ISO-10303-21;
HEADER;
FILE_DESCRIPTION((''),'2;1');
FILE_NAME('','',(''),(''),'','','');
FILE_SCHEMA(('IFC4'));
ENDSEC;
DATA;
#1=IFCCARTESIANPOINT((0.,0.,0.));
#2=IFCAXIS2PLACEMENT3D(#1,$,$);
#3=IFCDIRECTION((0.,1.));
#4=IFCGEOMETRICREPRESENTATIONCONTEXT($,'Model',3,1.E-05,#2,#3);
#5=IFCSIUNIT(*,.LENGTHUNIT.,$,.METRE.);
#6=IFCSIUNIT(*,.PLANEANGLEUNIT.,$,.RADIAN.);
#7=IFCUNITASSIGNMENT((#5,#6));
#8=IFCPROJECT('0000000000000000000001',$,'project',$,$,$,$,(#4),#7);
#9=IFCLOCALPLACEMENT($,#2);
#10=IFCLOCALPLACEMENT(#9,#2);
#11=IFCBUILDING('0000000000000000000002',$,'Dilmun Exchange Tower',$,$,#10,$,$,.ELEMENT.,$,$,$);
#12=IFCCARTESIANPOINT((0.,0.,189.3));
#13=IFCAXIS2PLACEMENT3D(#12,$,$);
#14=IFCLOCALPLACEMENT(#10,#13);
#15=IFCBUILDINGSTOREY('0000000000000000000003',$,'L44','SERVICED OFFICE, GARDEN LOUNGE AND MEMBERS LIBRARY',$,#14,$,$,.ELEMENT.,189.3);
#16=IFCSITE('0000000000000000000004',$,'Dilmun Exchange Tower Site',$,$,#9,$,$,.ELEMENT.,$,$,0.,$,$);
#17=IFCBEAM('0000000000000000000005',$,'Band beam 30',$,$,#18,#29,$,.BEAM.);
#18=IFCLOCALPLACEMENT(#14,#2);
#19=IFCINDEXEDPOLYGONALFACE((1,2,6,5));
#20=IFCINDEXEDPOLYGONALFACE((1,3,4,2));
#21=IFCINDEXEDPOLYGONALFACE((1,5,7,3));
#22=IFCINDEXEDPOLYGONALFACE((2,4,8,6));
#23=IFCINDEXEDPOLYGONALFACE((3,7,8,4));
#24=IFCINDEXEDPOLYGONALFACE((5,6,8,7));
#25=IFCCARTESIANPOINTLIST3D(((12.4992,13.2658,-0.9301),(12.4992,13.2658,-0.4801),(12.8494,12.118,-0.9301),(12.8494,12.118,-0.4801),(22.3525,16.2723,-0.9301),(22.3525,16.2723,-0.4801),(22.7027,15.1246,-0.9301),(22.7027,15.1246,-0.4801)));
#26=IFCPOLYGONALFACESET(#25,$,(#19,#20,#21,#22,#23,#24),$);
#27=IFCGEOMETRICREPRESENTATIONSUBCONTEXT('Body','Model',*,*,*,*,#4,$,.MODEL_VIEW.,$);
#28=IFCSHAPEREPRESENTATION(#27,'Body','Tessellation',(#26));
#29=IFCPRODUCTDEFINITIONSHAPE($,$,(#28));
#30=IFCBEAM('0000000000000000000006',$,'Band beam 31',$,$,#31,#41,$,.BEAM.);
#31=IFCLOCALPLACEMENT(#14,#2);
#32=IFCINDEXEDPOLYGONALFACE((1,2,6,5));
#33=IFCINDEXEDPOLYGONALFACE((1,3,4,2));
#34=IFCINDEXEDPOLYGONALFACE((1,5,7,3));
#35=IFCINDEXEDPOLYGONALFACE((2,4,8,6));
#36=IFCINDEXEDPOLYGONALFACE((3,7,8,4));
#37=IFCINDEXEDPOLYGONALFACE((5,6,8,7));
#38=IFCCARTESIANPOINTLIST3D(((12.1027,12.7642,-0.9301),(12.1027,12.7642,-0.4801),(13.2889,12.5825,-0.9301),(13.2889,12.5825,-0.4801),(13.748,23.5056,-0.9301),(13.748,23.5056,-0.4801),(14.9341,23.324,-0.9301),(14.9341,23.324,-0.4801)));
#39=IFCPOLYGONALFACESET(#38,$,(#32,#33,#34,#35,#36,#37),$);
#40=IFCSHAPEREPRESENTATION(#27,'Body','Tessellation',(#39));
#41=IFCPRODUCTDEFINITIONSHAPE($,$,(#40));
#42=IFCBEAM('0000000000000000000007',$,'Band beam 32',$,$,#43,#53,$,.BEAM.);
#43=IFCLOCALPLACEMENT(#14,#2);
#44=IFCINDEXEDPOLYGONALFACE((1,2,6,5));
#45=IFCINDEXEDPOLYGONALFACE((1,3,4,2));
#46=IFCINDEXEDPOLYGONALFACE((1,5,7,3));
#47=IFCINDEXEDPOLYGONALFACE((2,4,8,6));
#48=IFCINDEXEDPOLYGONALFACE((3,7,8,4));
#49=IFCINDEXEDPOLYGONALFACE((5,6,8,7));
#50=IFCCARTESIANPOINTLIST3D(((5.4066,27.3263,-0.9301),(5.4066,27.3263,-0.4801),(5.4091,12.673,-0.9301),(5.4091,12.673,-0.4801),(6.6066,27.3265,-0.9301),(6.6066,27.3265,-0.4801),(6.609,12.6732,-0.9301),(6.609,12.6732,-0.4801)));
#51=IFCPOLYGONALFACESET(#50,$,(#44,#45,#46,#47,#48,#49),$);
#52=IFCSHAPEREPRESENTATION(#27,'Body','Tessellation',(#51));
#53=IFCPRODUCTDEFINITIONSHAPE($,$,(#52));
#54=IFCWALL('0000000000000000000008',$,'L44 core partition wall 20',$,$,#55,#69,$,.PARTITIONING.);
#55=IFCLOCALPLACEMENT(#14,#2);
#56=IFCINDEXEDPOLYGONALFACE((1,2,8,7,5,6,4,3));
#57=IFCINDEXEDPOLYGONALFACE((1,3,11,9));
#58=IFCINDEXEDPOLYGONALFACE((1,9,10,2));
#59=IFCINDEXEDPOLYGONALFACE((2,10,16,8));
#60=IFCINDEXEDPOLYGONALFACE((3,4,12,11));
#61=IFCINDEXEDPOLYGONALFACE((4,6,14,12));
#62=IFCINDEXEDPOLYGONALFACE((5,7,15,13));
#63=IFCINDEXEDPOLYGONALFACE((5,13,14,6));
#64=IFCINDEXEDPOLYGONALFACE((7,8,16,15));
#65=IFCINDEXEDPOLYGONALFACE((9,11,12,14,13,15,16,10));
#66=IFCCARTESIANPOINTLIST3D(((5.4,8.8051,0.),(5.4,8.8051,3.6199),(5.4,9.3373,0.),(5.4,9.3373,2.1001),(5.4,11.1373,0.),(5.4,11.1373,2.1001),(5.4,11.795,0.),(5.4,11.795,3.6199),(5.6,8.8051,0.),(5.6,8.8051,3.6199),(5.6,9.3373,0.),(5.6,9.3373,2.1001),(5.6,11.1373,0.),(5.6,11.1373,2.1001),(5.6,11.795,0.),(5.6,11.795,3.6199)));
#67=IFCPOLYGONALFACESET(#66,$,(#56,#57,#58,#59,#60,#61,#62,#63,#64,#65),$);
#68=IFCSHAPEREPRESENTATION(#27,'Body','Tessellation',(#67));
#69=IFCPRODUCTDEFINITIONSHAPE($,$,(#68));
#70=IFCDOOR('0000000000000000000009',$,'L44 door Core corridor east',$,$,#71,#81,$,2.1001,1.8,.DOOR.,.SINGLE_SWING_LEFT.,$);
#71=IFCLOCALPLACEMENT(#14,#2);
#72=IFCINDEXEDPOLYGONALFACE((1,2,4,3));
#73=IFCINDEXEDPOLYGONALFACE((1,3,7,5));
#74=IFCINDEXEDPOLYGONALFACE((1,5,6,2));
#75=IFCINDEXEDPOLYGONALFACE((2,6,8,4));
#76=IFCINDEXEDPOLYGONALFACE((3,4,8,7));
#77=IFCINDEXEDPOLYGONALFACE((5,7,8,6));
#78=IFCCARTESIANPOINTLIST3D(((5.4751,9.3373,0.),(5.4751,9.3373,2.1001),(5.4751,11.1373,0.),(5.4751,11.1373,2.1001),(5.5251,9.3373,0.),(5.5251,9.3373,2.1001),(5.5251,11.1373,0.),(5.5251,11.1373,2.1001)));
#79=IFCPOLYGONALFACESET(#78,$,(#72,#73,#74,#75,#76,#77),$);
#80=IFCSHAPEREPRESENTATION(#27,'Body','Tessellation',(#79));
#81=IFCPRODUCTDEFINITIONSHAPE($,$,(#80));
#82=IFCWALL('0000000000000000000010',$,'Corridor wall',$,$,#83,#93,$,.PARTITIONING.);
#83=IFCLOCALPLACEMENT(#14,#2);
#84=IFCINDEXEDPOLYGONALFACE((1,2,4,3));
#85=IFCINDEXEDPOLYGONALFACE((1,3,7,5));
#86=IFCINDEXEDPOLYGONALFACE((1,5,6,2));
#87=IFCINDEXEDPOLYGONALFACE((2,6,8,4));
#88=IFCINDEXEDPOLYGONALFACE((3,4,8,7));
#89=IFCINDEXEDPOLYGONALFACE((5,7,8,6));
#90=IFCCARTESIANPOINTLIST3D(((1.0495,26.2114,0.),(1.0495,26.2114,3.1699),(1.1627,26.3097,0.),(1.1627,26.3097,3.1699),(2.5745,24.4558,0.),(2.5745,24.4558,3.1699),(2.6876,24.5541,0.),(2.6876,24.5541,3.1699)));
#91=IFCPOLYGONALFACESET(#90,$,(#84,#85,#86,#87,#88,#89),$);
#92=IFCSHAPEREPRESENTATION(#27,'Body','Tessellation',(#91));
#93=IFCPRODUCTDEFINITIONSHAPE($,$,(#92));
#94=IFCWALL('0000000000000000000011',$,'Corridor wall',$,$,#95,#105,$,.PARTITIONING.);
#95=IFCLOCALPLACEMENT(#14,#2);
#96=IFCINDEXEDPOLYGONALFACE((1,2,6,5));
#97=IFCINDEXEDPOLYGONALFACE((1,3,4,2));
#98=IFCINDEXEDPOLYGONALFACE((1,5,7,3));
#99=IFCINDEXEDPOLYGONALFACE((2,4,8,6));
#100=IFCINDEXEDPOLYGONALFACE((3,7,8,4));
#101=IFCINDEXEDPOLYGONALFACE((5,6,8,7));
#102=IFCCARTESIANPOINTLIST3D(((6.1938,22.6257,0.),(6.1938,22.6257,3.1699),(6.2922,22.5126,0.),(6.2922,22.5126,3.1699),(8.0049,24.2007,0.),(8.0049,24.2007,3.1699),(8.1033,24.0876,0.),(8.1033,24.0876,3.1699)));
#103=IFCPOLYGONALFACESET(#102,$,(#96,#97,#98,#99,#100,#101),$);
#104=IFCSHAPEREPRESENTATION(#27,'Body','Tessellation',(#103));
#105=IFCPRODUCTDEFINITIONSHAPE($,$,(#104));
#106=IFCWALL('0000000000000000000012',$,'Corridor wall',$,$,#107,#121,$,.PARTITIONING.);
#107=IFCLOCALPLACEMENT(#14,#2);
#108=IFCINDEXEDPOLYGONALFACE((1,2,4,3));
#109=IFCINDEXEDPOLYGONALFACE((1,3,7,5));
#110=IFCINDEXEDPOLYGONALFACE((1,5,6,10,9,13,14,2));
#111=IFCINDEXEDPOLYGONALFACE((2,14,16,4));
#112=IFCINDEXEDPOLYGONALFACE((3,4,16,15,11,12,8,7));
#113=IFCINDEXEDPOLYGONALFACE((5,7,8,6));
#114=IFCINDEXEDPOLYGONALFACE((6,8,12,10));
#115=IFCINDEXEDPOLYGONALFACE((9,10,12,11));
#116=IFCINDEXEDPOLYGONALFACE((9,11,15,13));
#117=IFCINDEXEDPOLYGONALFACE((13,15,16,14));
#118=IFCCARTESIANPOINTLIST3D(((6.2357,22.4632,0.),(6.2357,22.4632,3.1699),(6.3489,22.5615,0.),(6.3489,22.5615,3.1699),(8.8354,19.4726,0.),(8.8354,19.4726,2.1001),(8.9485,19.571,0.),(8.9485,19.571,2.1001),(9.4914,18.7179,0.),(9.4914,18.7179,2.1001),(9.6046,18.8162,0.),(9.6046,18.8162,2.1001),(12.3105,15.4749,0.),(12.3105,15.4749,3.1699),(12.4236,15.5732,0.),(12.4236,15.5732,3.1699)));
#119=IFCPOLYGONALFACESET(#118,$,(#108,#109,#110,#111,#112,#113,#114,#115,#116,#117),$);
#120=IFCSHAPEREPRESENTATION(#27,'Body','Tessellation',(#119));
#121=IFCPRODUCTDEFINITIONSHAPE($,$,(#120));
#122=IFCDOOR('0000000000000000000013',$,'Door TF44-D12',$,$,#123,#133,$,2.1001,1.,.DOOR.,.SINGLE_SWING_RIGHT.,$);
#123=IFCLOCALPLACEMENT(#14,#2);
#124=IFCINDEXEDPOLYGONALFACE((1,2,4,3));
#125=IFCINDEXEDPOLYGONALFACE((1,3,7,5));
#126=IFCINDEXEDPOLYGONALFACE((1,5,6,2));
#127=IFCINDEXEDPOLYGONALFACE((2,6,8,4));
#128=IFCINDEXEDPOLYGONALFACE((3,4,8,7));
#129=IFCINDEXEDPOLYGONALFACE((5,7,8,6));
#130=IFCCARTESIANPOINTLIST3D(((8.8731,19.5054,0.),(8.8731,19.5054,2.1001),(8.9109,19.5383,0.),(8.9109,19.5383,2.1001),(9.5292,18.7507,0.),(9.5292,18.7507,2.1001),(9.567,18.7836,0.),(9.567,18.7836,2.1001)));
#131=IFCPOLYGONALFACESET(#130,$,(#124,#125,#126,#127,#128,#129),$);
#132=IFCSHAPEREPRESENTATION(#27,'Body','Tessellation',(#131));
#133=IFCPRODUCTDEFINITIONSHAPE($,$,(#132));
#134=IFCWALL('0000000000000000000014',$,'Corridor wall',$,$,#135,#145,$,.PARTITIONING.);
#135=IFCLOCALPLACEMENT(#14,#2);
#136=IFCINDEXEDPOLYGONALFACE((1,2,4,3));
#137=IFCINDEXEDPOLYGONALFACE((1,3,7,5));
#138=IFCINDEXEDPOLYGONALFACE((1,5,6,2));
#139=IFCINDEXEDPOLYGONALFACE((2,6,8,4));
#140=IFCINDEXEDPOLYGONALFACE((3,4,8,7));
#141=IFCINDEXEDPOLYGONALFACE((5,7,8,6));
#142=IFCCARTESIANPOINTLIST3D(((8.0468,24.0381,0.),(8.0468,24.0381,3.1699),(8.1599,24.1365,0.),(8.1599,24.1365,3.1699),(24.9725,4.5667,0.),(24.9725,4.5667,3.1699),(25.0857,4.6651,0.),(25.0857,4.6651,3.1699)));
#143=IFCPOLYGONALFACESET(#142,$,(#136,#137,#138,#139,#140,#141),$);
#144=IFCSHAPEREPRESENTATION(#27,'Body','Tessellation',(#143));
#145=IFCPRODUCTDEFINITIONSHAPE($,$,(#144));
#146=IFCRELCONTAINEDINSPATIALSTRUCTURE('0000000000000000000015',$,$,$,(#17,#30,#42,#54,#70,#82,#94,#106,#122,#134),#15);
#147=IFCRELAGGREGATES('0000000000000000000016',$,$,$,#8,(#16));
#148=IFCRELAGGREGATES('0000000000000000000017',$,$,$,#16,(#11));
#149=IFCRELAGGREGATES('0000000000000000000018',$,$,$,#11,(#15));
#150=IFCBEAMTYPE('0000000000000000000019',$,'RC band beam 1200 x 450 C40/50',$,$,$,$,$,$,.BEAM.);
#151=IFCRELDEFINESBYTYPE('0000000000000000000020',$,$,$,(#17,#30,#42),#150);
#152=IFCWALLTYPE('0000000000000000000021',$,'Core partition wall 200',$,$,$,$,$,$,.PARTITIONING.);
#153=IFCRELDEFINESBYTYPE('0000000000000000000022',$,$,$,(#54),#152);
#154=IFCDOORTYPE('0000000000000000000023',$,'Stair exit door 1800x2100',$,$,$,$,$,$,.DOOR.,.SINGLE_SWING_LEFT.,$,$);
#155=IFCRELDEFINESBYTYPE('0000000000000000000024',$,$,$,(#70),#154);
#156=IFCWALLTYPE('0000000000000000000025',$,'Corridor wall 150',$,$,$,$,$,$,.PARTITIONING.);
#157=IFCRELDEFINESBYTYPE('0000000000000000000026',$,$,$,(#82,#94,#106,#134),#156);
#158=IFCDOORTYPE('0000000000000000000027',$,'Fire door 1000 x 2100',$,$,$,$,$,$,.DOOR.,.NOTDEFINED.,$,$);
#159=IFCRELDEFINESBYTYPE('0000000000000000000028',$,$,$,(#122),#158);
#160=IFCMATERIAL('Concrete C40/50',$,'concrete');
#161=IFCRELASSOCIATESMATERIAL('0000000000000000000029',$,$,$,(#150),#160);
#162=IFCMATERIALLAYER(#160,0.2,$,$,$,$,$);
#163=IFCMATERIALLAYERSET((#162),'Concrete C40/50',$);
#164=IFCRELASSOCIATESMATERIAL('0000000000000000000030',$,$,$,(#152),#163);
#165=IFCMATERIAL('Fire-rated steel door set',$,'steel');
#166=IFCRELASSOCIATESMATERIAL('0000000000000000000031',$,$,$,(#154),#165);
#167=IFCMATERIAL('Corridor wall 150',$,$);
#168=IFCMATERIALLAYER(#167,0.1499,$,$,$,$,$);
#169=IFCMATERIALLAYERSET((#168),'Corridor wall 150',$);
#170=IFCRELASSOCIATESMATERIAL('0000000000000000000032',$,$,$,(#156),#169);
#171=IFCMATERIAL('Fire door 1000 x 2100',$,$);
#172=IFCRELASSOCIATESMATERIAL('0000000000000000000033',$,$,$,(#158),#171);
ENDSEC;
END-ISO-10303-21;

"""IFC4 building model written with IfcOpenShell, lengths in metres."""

from ifc_helpers import new_model, si_unit, direction, frame, frame_2d, origin, origin_2d, place, context, subcontext, project, spatial, rectangle, extrude, material, layer, layer_set, material_profile, profile_set, type_object, element, fill, save


model = new_model("IFC4")

# Units and contexts
model_context = context("Model", 3, precision=1e-05, world=origin(), true_north=direction((0.0, 1.0)))
body_context = subcontext(model_context, "Body", "Model", "MODEL_VIEW")
ifc_project = project(units=[si_unit("LENGTHUNIT", "METRE"), si_unit("PLANEANGLEUNIT", "RADIAN")], contexts=[model_context])

# Site, building, storey
site_placement = place(None, origin())
site = spatial("IfcSite", under=ifc_project, at=site_placement, Name="Dilmun Exchange Tower Site", CompositionType="ELEMENT", RefElevation=0.0)
building_placement = place(site_placement, origin())
building = spatial("IfcBuilding", under=site, at=building_placement, Name="Dilmun Exchange Tower", CompositionType="ELEMENT")
storey_placement = place(building_placement, frame((0.0, 0.0, 189.3)))
storey = spatial("IfcBuildingStorey", under=building, at=storey_placement, Name="L44", Description="SERVICED OFFICE, GARDEN LOUNGE AND MEMBERS LIBRARY", CompositionType="ELEMENT", Elevation=189.3)

# Beams
ifc_material_1 = material(Name="Concrete C40/50", Category="concrete")
ifc_material_profile_1 = material_profile(ifc_material_1, rectangle(XDim=1.2, YDim=0.45, at=origin_2d()), Name="1200 x 450")
ifc_profile_set_1 = profile_set([ifc_material_profile_1], Name="Concrete C40/50")
beam_type = type_object("IfcBeamType", Name="RC band beam 1200 x 450 C40/50", PredefinedType="BEAM", material=ifc_profile_set_1)
beam_1_placement = place(storey_placement, frame((22.5276, 15.6985, -0.7051), z_axis=(-0.956464, -0.291852, 0.0), x_axis=(0.291852, -0.956464, 0.0)))
element("IfcBeam", 1, at=beam_1_placement, inside=storey, type_object=beam_type, Name="Band beam 30", PredefinedType="BEAM", context=body_context, shape_type="SweptSolid", body=[
    extrude(rectangle(XDim=1.2, YDim=0.45, at=origin_2d()), origin(), (0.0, 0.0, 1.0), 10.3018),
])
beam_2_placement = place(storey_placement, frame((14.3411, 23.4148, -0.7051), z_axis=(-0.151404, -0.988472, 0.0), x_axis=(0.988472, -0.151404, 0.0)))
element("IfcBeam", 2, at=beam_2_placement, inside=storey, type_object=beam_type, Name="Band beam 31", PredefinedType="BEAM", context=body_context, shape_type="SweptSolid", body=[
    extrude(rectangle(XDim=1.2, YDim=0.45, at=origin_2d()), origin(), (0.0, 0.0, 1.0), 10.8667),
])
beam_3_placement = place(storey_placement, frame((6.0066, 27.3264, -0.7051), z_axis=(0.000167, -1.0, 0.0), x_axis=(1.0, 0.000167, 0.0)))
element("IfcBeam", 3, at=beam_3_placement, inside=storey, type_object=beam_type, Name="Band beam 32", PredefinedType="BEAM", context=body_context, shape_type="SweptSolid", body=[
    extrude(rectangle(XDim=1.2, YDim=0.45, at=origin_2d()), origin(), (0.0, 0.0, 1.0), 14.6533),
])

# Wall, opening, door
ifc_layer_1 = layer(ifc_material_1, 0.2)
ifc_layer_set_1 = layer_set([ifc_layer_1], Name="Concrete C40/50")
wall_type_1 = type_object("IfcWallType", Name="Core partition wall 200", PredefinedType="PARTITIONING", material=ifc_layer_set_1)
wall_1_placement = place(storey_placement, frame((5.5, 8.8049, 0.0), z_axis=(0.0, 0.0, 1.0), x_axis=(0.0, 1.0, 0.0)))
wall_1 = element("IfcWall", 4, at=wall_1_placement, inside=storey, type_object=wall_type_1, Name="L44 core partition wall 20", PredefinedType="PARTITIONING", context=body_context, shape_type="SweptSolid", body=[
    extrude(rectangle(XDim=2.99, YDim=0.2, at=frame_2d((1.4951, 0.0))), origin(), (0.0, 0.0, 1.0), 3.6199),
])
opening_1_placement = place(wall_1_placement, frame((0.5325, 0.0, 0.0)))
opening_1 = element("IfcOpeningElement", 5, at=opening_1_placement, cuts=wall_1, PredefinedType="OPENING", context=body_context, shape_type="SweptSolid", body=[
    extrude(rectangle(XDim=1.8, YDim=2.1001, at=frame_2d((0.8999, 1.05))), frame((0.0, 0.1099, 0.0), z_axis=(0.0, -1.0, 0.0), x_axis=(1.0, 0.0, 0.0)), (0.0, 0.0, 1.0), 0.22),
])
ifc_material_2 = material(Name="Fire-rated steel door set", Category="steel")
door_type_1 = type_object("IfcDoorType", Name="Stair exit door 1800x2100", OperationType="SINGLE_SWING_LEFT", PredefinedType="DOOR", material=ifc_material_2)
door_1_placement = place(opening_1_placement, origin())
door_1 = element("IfcDoor", 6, at=door_1_placement, inside=storey, type_object=door_type_1, Name="L44 door Core corridor east", OperationType="SINGLE_SWING_LEFT", OverallHeight=2.1001, OverallWidth=1.8, PredefinedType="DOOR", context=body_context, shape_type="SweptSolid", body=[
    extrude(rectangle(XDim=1.8, YDim=2.1001, at=frame_2d((0.8999, 1.05))), frame((0.0, 0.0249, 0.0), z_axis=(0.0, -1.0, 0.0), x_axis=(1.0, 0.0, 0.0)), (0.0, 0.0, 1.0), 0.05),
])
fill(opening_1, door_1)

# Walls
ifc_material_3 = material(Name="Corridor wall 150")
ifc_layer_2 = layer(ifc_material_3, 0.1499)
ifc_layer_set_2 = layer_set([ifc_layer_2], Name="Corridor wall 150")
wall_type_2 = type_object("IfcWallType", Name="Corridor wall 150", PredefinedType="PARTITIONING", material=ifc_layer_set_2)
wall_2_placement = place(storey_placement, frame((1.1062, 26.2605, 0.0), z_axis=(0.0, 0.0, 1.0), x_axis=(0.655758, -0.754972, 0.0)))
element("IfcWall", 7, at=wall_2_placement, inside=storey, type_object=wall_type_2, Name="Corridor wall", PredefinedType="PARTITIONING", context=body_context, shape_type="SweptSolid", body=[
    extrude(rectangle(XDim=2.3254, YDim=0.1499, at=frame_2d((1.1626, 0.0))), origin(), (0.0, 0.0, 1.0), 3.1699),
])
wall_3_placement = place(storey_placement, frame((6.2429, 22.5691, 0.0), z_axis=(0.0, 0.0, 1.0), x_axis=(0.754577, 0.656211, 0.0)))
element("IfcWall", 8, at=wall_3_placement, inside=storey, type_object=wall_type_2, Name="Corridor wall", PredefinedType="PARTITIONING", context=body_context, shape_type="SweptSolid", body=[
    extrude(rectangle(XDim=2.4001, YDim=0.1499, at=frame_2d((1.2002, 0.0))), origin(), (0.0, 0.0, 1.0), 3.1699),
])

# Wall, opening, door
wall_4_placement = place(storey_placement, frame((6.2922, 22.5125, 0.0), z_axis=(0.0, 0.0, 1.0), x_axis=(0.656052, -0.754716, 0.0)))
wall_4 = element("IfcWall", 9, at=wall_4_placement, inside=storey, type_object=wall_type_2, Name="Corridor wall", PredefinedType="PARTITIONING", context=body_context, shape_type="SweptSolid", body=[
    extrude(rectangle(XDim=9.2595, YDim=0.1499, at=frame_2d((4.6299, 0.0))), origin(), (0.0, 0.0, 1.0), 3.1699),
])
opening_2_placement = place(wall_4_placement, frame((3.9626, 0.0, 0.0)))
opening_2 = element("IfcOpeningElement", 10, at=opening_2_placement, cuts=wall_4, PredefinedType="OPENING", context=body_context, shape_type="SweptSolid", body=[
    extrude(rectangle(XDim=1.0, YDim=2.1001, at=frame_2d((0.5, 1.05))), frame((0.0, 0.085, 0.0), z_axis=(0.0, -1.0, 0.0), x_axis=(1.0, 0.0, 0.0)), (0.0, 0.0, 1.0), 0.1699),
])
ifc_material_4 = material(Name="Fire door 1000 x 2100")
door_type_2 = type_object("IfcDoorType", Name="Fire door 1000 x 2100", OperationType="NOTDEFINED", PredefinedType="DOOR", material=ifc_material_4)
door_2_placement = place(opening_2_placement, frame((1.0, 0.0, 0.0), z_axis=(0.0, 0.0, 1.0), x_axis=(-1.0, 0.0, 0.0)))
door_2 = element("IfcDoor", 11, at=door_2_placement, inside=storey, type_object=door_type_2, Name="Door TF44-D12", OperationType="SINGLE_SWING_RIGHT", OverallHeight=2.1001, OverallWidth=1.0, PredefinedType="DOOR", context=body_context, shape_type="SweptSolid", body=[
    extrude(rectangle(XDim=1.0, YDim=2.1001, at=frame_2d((0.5, 1.05))), frame((0.0, 0.0249, 0.0), z_axis=(0.0, -1.0, 0.0), x_axis=(1.0, 0.0, 0.0)), (0.0, 0.0, 1.0), 0.05),
])
fill(opening_2, door_2)

# Wall
wall_5_placement = place(storey_placement, frame((8.1033, 24.0874, 0.0), z_axis=(0.0, 0.0, 1.0), x_axis=(0.656048, -0.754719, 0.0)))
element("IfcWall", 12, at=wall_5_placement, inside=storey, type_object=wall_type_2, Name="Corridor wall", PredefinedType="PARTITIONING", context=body_context, shape_type="SweptSolid", body=[
    extrude(rectangle(XDim=25.7996, YDim=0.1499, at=frame_2d((12.8999, 0.0))), origin(), (0.0, 0.0, 1.0), 3.1699),
])

save(model, "model.ifc")
